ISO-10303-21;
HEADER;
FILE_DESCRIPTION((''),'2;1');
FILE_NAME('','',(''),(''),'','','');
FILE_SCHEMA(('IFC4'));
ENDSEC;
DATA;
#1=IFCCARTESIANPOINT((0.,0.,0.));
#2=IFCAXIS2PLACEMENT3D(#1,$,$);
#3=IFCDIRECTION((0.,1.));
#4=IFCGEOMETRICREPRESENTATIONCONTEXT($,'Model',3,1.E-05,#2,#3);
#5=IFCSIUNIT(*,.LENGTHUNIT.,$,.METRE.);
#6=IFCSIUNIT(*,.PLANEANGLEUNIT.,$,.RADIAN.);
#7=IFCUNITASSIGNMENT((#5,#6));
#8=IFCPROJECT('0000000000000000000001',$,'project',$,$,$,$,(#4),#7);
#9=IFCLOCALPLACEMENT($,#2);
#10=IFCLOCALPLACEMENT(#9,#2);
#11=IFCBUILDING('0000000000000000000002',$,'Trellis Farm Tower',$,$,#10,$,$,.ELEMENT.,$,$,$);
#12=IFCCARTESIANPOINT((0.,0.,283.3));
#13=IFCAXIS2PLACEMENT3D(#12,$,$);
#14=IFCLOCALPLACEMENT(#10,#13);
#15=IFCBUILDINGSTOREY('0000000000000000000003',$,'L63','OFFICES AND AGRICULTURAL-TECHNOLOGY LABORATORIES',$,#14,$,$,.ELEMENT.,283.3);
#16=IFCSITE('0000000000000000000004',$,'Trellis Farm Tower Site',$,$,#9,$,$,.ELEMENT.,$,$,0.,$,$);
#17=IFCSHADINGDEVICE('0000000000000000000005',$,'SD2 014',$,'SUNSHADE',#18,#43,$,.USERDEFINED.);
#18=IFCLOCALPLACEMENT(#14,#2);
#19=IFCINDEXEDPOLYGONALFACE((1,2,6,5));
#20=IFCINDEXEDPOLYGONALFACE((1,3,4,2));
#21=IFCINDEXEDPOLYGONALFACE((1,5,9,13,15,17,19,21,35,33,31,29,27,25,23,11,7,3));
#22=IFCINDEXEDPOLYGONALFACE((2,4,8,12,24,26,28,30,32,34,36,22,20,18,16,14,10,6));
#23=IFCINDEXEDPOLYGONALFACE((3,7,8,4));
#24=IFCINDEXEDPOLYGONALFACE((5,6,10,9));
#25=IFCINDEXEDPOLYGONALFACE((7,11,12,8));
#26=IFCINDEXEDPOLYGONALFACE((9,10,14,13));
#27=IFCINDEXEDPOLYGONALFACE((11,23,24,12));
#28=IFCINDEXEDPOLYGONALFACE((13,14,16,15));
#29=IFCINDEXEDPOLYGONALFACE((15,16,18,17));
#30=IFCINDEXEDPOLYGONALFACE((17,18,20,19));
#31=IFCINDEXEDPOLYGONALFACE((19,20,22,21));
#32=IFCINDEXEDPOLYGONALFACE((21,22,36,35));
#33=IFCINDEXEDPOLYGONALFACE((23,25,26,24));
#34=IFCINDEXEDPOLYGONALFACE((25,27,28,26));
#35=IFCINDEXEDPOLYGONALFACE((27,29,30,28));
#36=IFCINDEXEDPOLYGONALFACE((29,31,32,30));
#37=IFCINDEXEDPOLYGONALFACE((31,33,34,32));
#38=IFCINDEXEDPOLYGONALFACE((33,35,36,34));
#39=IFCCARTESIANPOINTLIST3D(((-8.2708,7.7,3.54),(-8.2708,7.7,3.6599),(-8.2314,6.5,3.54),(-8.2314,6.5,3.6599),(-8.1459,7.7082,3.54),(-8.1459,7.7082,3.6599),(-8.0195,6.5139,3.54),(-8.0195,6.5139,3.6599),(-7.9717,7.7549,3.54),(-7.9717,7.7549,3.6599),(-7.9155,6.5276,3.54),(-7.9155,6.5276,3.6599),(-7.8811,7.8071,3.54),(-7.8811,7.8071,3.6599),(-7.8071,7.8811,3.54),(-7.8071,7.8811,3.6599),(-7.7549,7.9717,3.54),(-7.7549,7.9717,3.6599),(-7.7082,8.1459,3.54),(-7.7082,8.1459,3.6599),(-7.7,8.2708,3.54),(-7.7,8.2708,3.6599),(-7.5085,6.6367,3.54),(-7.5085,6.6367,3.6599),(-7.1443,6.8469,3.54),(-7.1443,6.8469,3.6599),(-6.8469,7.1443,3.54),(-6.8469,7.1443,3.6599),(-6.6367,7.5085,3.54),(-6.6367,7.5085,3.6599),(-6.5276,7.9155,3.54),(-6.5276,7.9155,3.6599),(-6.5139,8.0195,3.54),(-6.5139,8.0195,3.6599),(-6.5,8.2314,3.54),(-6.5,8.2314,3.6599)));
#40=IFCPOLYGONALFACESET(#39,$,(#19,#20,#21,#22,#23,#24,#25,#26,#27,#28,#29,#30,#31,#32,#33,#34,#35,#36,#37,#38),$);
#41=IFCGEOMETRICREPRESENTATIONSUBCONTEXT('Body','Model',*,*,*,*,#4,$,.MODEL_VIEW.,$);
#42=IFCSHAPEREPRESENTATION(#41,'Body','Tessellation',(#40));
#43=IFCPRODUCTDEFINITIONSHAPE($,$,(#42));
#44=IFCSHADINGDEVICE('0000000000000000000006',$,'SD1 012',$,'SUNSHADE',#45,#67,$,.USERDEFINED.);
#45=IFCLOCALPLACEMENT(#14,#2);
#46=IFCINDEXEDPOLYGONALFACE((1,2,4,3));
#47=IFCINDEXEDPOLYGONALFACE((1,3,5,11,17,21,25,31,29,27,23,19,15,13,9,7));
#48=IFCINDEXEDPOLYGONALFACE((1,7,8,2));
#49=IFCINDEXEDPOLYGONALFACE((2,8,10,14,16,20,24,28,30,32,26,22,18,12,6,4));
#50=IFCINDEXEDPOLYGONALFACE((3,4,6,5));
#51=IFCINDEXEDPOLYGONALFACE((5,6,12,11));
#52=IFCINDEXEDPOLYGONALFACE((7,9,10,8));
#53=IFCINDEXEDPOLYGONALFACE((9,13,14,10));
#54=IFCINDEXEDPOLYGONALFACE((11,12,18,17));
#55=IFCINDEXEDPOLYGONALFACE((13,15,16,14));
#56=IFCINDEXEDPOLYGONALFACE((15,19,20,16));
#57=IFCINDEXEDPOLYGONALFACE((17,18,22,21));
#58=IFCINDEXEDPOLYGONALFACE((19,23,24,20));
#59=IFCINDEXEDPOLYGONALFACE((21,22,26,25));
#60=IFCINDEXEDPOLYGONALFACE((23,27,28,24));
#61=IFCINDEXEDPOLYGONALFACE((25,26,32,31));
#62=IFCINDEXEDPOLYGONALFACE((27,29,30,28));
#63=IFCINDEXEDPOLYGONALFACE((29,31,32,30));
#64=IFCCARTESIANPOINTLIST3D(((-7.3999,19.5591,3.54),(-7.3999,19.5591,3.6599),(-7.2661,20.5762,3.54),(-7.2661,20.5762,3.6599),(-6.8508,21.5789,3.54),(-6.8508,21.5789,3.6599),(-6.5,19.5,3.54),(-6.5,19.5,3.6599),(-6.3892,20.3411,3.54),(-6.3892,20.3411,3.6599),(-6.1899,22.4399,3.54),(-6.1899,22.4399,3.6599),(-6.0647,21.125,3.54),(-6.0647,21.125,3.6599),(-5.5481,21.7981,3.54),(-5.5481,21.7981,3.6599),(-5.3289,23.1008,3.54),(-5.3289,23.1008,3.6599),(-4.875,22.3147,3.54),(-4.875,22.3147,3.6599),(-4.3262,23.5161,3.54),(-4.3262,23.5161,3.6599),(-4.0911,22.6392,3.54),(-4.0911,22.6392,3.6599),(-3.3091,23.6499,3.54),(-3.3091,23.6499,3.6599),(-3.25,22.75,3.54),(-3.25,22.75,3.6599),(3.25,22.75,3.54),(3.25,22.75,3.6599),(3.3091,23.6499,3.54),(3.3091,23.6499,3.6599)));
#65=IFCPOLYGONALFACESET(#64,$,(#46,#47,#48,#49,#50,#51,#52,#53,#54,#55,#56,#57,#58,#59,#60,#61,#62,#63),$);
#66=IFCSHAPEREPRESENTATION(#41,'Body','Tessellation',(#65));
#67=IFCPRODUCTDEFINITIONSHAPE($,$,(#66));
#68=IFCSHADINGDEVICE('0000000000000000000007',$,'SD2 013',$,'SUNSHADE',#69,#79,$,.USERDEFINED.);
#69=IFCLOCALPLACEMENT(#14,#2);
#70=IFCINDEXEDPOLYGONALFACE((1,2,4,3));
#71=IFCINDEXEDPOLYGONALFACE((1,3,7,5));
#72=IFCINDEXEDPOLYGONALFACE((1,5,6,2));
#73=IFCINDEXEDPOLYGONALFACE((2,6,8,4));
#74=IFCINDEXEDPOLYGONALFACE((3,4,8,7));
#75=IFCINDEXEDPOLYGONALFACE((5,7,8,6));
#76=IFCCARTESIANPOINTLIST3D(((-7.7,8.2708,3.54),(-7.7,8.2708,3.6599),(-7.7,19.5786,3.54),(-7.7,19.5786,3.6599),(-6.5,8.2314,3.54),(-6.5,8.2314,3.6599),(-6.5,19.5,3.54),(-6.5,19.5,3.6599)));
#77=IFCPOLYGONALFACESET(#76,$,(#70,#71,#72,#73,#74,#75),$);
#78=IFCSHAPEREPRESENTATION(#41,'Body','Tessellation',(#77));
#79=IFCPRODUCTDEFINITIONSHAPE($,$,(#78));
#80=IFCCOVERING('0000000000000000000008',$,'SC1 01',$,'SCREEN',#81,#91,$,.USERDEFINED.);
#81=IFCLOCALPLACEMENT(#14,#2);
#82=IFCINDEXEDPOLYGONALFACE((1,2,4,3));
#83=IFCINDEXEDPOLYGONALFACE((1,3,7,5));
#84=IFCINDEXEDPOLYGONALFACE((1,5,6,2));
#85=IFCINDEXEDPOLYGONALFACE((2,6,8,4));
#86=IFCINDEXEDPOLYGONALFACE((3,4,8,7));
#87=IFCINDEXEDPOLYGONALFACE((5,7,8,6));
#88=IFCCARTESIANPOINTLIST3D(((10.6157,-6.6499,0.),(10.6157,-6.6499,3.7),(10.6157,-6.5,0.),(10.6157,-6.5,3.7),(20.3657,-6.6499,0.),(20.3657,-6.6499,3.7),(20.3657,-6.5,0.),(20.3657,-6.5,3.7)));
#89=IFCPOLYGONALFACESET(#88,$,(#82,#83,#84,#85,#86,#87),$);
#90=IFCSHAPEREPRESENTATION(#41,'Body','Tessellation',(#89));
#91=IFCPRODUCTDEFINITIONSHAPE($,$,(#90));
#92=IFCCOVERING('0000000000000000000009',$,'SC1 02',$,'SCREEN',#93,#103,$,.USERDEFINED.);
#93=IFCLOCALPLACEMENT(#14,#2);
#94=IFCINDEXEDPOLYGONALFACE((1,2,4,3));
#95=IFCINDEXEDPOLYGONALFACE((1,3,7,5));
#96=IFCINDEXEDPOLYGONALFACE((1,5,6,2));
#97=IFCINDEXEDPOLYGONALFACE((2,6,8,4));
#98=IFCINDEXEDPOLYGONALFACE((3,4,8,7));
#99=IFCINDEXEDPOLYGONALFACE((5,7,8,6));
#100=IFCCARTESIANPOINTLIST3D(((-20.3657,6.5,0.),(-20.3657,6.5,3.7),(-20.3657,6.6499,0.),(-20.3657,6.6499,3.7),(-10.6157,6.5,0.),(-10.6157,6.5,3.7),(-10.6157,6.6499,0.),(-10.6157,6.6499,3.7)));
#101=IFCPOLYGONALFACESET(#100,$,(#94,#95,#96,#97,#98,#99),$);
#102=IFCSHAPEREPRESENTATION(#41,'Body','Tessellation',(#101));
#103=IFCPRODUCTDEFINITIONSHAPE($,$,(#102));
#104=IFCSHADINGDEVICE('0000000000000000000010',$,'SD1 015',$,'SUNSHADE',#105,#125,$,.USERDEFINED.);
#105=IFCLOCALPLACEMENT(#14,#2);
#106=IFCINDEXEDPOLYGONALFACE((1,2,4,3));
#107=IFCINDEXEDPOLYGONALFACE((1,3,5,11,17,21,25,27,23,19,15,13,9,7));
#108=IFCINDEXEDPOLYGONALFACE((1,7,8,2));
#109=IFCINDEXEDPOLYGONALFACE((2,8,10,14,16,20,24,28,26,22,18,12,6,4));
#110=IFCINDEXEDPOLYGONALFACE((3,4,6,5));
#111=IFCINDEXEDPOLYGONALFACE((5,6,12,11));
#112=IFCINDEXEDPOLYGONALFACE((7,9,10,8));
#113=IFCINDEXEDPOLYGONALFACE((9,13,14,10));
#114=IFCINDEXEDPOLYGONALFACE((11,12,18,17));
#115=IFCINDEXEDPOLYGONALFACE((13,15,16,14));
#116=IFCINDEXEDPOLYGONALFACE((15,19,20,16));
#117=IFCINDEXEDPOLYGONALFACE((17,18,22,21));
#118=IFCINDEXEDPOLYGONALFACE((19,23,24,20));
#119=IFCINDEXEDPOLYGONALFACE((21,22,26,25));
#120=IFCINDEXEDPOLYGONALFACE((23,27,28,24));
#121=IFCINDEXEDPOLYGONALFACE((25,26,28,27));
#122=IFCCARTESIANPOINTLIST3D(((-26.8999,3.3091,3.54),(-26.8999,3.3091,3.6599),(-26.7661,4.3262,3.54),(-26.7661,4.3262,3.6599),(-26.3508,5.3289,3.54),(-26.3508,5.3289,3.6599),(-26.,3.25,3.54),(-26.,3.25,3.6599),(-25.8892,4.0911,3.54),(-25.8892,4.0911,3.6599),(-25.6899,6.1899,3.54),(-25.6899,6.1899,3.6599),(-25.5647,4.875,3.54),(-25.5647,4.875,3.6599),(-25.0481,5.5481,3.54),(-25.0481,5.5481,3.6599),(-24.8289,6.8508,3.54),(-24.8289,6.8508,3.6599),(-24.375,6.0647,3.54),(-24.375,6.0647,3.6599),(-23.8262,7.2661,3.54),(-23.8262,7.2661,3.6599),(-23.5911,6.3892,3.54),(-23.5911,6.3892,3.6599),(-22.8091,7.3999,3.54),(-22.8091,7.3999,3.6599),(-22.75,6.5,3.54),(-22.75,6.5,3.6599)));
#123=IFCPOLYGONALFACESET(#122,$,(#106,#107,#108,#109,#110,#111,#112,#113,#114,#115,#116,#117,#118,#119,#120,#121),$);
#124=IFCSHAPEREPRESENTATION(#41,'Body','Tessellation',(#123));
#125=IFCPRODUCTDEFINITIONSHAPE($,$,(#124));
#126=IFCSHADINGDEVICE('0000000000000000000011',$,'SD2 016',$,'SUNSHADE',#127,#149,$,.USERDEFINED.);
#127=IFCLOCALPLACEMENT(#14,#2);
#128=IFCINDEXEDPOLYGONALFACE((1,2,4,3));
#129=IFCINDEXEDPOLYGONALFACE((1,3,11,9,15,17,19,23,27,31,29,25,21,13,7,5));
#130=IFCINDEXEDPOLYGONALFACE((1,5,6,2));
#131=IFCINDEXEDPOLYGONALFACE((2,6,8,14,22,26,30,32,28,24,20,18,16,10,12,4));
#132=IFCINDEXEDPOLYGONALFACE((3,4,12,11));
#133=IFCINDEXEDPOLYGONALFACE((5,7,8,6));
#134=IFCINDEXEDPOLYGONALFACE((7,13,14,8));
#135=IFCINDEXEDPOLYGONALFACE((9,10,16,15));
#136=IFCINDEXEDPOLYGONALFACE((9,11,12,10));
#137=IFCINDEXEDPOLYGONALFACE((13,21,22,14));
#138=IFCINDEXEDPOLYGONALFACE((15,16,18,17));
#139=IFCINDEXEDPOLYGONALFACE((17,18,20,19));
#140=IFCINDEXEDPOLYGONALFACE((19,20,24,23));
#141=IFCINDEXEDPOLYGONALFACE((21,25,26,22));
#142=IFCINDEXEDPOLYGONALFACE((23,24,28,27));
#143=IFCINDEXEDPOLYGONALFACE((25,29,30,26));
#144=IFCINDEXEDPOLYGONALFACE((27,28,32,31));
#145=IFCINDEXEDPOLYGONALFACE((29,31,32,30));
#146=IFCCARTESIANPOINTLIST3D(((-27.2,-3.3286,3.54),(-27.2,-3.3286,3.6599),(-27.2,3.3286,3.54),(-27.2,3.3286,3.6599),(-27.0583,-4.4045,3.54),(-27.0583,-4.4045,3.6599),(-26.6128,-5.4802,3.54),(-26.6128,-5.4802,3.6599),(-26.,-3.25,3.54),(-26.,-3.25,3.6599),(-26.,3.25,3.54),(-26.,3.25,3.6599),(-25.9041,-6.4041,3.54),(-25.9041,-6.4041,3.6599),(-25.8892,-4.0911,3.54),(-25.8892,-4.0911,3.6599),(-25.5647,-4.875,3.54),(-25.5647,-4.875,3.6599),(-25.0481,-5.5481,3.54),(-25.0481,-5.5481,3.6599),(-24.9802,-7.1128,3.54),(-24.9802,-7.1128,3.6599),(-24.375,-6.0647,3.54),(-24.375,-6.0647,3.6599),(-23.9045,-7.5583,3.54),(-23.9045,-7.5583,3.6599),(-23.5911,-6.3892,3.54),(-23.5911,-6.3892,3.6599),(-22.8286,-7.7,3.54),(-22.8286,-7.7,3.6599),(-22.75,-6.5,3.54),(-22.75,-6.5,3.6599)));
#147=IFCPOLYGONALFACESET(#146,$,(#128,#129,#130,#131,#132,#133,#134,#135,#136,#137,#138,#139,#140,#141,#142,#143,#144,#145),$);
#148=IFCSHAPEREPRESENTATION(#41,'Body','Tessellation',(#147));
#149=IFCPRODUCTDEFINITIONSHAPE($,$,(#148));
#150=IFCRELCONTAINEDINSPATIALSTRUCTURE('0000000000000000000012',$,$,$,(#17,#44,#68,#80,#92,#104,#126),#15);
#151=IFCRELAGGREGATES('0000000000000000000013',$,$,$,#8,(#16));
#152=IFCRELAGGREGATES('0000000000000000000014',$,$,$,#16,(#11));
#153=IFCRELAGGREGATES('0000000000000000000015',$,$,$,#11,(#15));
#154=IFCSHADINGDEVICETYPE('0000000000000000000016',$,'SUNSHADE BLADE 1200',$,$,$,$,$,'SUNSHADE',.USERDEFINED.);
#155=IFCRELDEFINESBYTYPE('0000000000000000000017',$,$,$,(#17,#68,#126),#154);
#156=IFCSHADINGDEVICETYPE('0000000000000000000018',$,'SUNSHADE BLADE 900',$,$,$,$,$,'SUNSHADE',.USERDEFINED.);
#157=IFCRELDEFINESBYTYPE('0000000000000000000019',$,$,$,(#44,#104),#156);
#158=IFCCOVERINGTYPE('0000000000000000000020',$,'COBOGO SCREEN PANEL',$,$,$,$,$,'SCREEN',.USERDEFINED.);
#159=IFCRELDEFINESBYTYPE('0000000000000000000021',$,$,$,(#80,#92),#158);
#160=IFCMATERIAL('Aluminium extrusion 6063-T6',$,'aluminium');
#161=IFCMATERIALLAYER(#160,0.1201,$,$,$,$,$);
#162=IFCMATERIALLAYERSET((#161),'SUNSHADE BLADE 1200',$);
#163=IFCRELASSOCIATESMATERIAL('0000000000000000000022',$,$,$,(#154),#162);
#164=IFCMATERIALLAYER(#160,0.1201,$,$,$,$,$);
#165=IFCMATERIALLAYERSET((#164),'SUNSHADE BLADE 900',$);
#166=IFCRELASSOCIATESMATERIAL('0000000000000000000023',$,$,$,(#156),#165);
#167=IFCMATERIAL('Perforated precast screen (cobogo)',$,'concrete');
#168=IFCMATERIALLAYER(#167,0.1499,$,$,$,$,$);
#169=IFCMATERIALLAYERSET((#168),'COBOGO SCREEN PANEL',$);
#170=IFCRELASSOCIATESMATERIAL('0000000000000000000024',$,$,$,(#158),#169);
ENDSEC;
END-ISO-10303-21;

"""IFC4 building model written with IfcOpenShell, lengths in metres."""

from ifc_helpers import new_model, si_unit, direction, frame, origin, place, context, subcontext, project, spatial, polyline, outline, extrude, source, transform, mapped, material, layer, layer_set, type_object, element, save


model = new_model("IFC4")

# Units and contexts
model_context = context("Model", 3, precision=1e-05, world=origin(), true_north=direction((0.0, 1.0)))
body_context = subcontext(model_context, "Body", "Model", "MODEL_VIEW")
ifc_project = project(units=[si_unit("LENGTHUNIT", "METRE"), si_unit("PLANEANGLEUNIT", "RADIAN")], contexts=[model_context])

# Site, building, storey
site_placement = place(None, origin())
site = spatial("IfcSite", under=ifc_project, at=site_placement, Name="Trellis Farm Tower Site", CompositionType="ELEMENT", RefElevation=0.0)
building_placement = place(site_placement, origin())
building = spatial("IfcBuilding", under=site, at=building_placement, Name="Trellis Farm Tower", CompositionType="ELEMENT")
storey_placement = place(building_placement, frame((0.0, 0.0, 283.3)))
storey = spatial("IfcBuildingStorey", under=building, at=storey_placement, Name="L63", Description="OFFICES AND AGRICULTURAL-TECHNOLOGY LABORATORIES", CompositionType="ELEMENT", Elevation=283.3)

# Shared definitions
placement_1 = place(storey_placement, origin())
ifc_material_1 = material(Name="Aluminium extrusion 6063-T6", Category="aluminium")

# Shading devices
ifc_layer_1 = layer(ifc_material_1, 0.1201)
ifc_layer_set_1 = layer_set([ifc_layer_1], Name="SUNSHADE BLADE 1200")
shading_device_type_1 = type_object("IfcShadingDeviceType", Name="SUNSHADE BLADE 1200", ElementType="SUNSHADE", PredefinedType="USERDEFINED", material=ifc_layer_set_1)
shared_shape_1 = source(origin(), body_context, "Body", "SweptSolid", [
    extrude(outline(polyline([(-7.7, 8.2708), (-7.7087, 8.1372), (-7.707, 8.1501), (-7.7549, 7.9717), (-7.8071, 7.8811), (-7.8811, 7.8071), (-7.9717, 7.7549), (-8.1501, 7.707), (-8.1372, 7.7087), (-8.2708, 7.7), (-8.2314, 6.5), (-8.0195, 6.5139), (-7.9155, 6.5276), (-7.5085, 6.6367), (-7.1443, 6.8469), (-6.8469, 7.1443), (-6.6367, 7.5085), (-6.5276, 7.9155), (-6.5139, 8.0195), (-6.5, 8.2314), (-7.7, 8.2708)])), origin(), (0.0, 0.0, 1.0), 0.1199),
])
placement_2 = place(storey_placement, frame((0.0, 0.0, 3.54)))
element("IfcShadingDevice", 1, at=placement_2, inside=storey, type_object=shading_device_type_1, Name="SD2 014", ObjectType="SUNSHADE", PredefinedType="USERDEFINED", context=body_context, shape_type="MappedRepresentation", body=[
    mapped(shared_shape_1, transform((0.0, 0.0, 0.0))),
])
ifc_layer_2 = layer(ifc_material_1, 0.1201)
ifc_layer_set_2 = layer_set([ifc_layer_2], Name="SUNSHADE BLADE 900")
shading_device_type_2 = type_object("IfcShadingDeviceType", Name="SUNSHADE BLADE 900", ElementType="SUNSHADE", PredefinedType="USERDEFINED", material=ifc_layer_set_2)
shared_shape_2 = source(origin(), body_context, "Body", "SweptSolid", [
    extrude(outline(polyline([(3.3091, 23.6499), (-3.3091, 23.6499), (-4.3262, 23.5161), (-5.3289, 23.1008), (-6.1899, 22.4399), (-6.8508, 21.5789), (-7.2661, 20.5762), (-7.3999, 19.5591), (-6.5, 19.5), (-6.3892, 20.3411), (-6.0647, 21.125), (-5.5481, 21.7981), (-4.875, 22.3147), (-4.0911, 22.6392), (-3.25, 22.75), (3.25, 22.75), (3.3091, 23.6499)])), origin(), (0.0, 0.0, 1.0), 0.1199),
])
element("IfcShadingDevice", 2, at=placement_2, inside=storey, type_object=shading_device_type_2, Name="SD1 012", ObjectType="SUNSHADE", PredefinedType="USERDEFINED", context=body_context, shape_type="MappedRepresentation", body=[
    mapped(shared_shape_2, transform((0.0, 0.0, 0.0))),
])
shared_shape_3 = source(origin(), body_context, "Body", "SweptSolid", [
    extrude(outline(polyline([(-7.7, 19.5786), (-7.7, 8.2708), (-6.5, 8.2314), (-6.5, 19.5), (-7.7, 19.5786)])), origin(), (0.0, 0.0, 1.0), 0.1199),
])
element("IfcShadingDevice", 3, at=placement_2, inside=storey, type_object=shading_device_type_1, Name="SD2 013", ObjectType="SUNSHADE", PredefinedType="USERDEFINED", context=body_context, shape_type="MappedRepresentation", body=[
    mapped(shared_shape_3, transform((0.0, 0.0, 0.0))),
])

# Coverings
ifc_material_2 = material(Name="Perforated precast screen (cobogo)", Category="concrete")
ifc_layer_3 = layer(ifc_material_2, 0.1499)
ifc_layer_set_3 = layer_set([ifc_layer_3], Name="COBOGO SCREEN PANEL")
covering_type = type_object("IfcCoveringType", Name="COBOGO SCREEN PANEL", ElementType="SCREEN", PredefinedType="USERDEFINED", material=ifc_layer_set_3)
shared_shape_4 = source(origin(), body_context, "Body", "SweptSolid", [
    extrude(outline(polyline([(10.6157, -6.6499), (20.3657, -6.6499), (20.3657, -6.5), (10.6157, -6.5), (10.6157, -6.6499)])), origin(), (0.0, 0.0, 1.0), 3.7),
])
element("IfcCovering", 4, at=placement_1, inside=storey, type_object=covering_type, Name="SC1 01", ObjectType="SCREEN", PredefinedType="USERDEFINED", context=body_context, shape_type="MappedRepresentation", body=[
    mapped(shared_shape_4, transform((0.0, 0.0, 0.0))),
])
shared_shape_5 = source(origin(), body_context, "Body", "SweptSolid", [
    extrude(outline(polyline([(-10.6157, 6.6499), (-20.3657, 6.6499), (-20.3657, 6.5), (-10.6157, 6.5), (-10.6157, 6.6499)])), origin(), (0.0, 0.0, 1.0), 3.7),
])
element("IfcCovering", 5, at=placement_1, inside=storey, type_object=covering_type, Name="SC1 02", ObjectType="SCREEN", PredefinedType="USERDEFINED", context=body_context, shape_type="MappedRepresentation", body=[
    mapped(shared_shape_5, transform((0.0, 0.0, 0.0))),
])

# Shading devices
shared_shape_6 = source(origin(), body_context, "Body", "SweptSolid", [
    extrude(outline(polyline([(-22.8091, 7.3999), (-23.8262, 7.2661), (-24.8289, 6.8508), (-25.6899, 6.1899), (-26.3508, 5.3289), (-26.7661, 4.3262), (-26.8999, 3.3091), (-26.0, 3.25), (-25.8892, 4.0911), (-25.5647, 4.875), (-25.0481, 5.5481), (-24.375, 6.0647), (-23.5911, 6.3892), (-22.75, 6.5), (-22.8091, 7.3999)])), origin(), (0.0, 0.0, 1.0), 0.1199),
])
element("IfcShadingDevice", 6, at=placement_2, inside=storey, type_object=shading_device_type_2, Name="SD1 015", ObjectType="SUNSHADE", PredefinedType="USERDEFINED", context=body_context, shape_type="MappedRepresentation", body=[
    mapped(shared_shape_6, transform((0.0, 0.0, 0.0))),
])
shared_shape_7 = source(origin(), body_context, "Body", "SweptSolid", [
    extrude(outline(polyline([(-27.2, 3.3286), (-27.2, -3.3286), (-27.0583, -4.4045), (-26.6128, -5.4802), (-25.9041, -6.4041), (-24.9802, -7.1128), (-23.9045, -7.5583), (-22.8286, -7.7), (-22.75, -6.5), (-23.5911, -6.3892), (-24.375, -6.0647), (-25.0481, -5.5481), (-25.5647, -4.875), (-25.8892, -4.0911), (-26.0, -3.25), (-26.0, 3.25), (-27.2, 3.3286)])), origin(), (0.0, 0.0, 1.0), 0.1199),
])
element("IfcShadingDevice", 7, at=placement_2, inside=storey, type_object=shading_device_type_1, Name="SD2 016", ObjectType="SUNSHADE", PredefinedType="USERDEFINED", context=body_context, shape_type="MappedRepresentation", body=[
    mapped(shared_shape_7, transform((0.0, 0.0, 0.0))),
])

save(model, "model.ifc")
